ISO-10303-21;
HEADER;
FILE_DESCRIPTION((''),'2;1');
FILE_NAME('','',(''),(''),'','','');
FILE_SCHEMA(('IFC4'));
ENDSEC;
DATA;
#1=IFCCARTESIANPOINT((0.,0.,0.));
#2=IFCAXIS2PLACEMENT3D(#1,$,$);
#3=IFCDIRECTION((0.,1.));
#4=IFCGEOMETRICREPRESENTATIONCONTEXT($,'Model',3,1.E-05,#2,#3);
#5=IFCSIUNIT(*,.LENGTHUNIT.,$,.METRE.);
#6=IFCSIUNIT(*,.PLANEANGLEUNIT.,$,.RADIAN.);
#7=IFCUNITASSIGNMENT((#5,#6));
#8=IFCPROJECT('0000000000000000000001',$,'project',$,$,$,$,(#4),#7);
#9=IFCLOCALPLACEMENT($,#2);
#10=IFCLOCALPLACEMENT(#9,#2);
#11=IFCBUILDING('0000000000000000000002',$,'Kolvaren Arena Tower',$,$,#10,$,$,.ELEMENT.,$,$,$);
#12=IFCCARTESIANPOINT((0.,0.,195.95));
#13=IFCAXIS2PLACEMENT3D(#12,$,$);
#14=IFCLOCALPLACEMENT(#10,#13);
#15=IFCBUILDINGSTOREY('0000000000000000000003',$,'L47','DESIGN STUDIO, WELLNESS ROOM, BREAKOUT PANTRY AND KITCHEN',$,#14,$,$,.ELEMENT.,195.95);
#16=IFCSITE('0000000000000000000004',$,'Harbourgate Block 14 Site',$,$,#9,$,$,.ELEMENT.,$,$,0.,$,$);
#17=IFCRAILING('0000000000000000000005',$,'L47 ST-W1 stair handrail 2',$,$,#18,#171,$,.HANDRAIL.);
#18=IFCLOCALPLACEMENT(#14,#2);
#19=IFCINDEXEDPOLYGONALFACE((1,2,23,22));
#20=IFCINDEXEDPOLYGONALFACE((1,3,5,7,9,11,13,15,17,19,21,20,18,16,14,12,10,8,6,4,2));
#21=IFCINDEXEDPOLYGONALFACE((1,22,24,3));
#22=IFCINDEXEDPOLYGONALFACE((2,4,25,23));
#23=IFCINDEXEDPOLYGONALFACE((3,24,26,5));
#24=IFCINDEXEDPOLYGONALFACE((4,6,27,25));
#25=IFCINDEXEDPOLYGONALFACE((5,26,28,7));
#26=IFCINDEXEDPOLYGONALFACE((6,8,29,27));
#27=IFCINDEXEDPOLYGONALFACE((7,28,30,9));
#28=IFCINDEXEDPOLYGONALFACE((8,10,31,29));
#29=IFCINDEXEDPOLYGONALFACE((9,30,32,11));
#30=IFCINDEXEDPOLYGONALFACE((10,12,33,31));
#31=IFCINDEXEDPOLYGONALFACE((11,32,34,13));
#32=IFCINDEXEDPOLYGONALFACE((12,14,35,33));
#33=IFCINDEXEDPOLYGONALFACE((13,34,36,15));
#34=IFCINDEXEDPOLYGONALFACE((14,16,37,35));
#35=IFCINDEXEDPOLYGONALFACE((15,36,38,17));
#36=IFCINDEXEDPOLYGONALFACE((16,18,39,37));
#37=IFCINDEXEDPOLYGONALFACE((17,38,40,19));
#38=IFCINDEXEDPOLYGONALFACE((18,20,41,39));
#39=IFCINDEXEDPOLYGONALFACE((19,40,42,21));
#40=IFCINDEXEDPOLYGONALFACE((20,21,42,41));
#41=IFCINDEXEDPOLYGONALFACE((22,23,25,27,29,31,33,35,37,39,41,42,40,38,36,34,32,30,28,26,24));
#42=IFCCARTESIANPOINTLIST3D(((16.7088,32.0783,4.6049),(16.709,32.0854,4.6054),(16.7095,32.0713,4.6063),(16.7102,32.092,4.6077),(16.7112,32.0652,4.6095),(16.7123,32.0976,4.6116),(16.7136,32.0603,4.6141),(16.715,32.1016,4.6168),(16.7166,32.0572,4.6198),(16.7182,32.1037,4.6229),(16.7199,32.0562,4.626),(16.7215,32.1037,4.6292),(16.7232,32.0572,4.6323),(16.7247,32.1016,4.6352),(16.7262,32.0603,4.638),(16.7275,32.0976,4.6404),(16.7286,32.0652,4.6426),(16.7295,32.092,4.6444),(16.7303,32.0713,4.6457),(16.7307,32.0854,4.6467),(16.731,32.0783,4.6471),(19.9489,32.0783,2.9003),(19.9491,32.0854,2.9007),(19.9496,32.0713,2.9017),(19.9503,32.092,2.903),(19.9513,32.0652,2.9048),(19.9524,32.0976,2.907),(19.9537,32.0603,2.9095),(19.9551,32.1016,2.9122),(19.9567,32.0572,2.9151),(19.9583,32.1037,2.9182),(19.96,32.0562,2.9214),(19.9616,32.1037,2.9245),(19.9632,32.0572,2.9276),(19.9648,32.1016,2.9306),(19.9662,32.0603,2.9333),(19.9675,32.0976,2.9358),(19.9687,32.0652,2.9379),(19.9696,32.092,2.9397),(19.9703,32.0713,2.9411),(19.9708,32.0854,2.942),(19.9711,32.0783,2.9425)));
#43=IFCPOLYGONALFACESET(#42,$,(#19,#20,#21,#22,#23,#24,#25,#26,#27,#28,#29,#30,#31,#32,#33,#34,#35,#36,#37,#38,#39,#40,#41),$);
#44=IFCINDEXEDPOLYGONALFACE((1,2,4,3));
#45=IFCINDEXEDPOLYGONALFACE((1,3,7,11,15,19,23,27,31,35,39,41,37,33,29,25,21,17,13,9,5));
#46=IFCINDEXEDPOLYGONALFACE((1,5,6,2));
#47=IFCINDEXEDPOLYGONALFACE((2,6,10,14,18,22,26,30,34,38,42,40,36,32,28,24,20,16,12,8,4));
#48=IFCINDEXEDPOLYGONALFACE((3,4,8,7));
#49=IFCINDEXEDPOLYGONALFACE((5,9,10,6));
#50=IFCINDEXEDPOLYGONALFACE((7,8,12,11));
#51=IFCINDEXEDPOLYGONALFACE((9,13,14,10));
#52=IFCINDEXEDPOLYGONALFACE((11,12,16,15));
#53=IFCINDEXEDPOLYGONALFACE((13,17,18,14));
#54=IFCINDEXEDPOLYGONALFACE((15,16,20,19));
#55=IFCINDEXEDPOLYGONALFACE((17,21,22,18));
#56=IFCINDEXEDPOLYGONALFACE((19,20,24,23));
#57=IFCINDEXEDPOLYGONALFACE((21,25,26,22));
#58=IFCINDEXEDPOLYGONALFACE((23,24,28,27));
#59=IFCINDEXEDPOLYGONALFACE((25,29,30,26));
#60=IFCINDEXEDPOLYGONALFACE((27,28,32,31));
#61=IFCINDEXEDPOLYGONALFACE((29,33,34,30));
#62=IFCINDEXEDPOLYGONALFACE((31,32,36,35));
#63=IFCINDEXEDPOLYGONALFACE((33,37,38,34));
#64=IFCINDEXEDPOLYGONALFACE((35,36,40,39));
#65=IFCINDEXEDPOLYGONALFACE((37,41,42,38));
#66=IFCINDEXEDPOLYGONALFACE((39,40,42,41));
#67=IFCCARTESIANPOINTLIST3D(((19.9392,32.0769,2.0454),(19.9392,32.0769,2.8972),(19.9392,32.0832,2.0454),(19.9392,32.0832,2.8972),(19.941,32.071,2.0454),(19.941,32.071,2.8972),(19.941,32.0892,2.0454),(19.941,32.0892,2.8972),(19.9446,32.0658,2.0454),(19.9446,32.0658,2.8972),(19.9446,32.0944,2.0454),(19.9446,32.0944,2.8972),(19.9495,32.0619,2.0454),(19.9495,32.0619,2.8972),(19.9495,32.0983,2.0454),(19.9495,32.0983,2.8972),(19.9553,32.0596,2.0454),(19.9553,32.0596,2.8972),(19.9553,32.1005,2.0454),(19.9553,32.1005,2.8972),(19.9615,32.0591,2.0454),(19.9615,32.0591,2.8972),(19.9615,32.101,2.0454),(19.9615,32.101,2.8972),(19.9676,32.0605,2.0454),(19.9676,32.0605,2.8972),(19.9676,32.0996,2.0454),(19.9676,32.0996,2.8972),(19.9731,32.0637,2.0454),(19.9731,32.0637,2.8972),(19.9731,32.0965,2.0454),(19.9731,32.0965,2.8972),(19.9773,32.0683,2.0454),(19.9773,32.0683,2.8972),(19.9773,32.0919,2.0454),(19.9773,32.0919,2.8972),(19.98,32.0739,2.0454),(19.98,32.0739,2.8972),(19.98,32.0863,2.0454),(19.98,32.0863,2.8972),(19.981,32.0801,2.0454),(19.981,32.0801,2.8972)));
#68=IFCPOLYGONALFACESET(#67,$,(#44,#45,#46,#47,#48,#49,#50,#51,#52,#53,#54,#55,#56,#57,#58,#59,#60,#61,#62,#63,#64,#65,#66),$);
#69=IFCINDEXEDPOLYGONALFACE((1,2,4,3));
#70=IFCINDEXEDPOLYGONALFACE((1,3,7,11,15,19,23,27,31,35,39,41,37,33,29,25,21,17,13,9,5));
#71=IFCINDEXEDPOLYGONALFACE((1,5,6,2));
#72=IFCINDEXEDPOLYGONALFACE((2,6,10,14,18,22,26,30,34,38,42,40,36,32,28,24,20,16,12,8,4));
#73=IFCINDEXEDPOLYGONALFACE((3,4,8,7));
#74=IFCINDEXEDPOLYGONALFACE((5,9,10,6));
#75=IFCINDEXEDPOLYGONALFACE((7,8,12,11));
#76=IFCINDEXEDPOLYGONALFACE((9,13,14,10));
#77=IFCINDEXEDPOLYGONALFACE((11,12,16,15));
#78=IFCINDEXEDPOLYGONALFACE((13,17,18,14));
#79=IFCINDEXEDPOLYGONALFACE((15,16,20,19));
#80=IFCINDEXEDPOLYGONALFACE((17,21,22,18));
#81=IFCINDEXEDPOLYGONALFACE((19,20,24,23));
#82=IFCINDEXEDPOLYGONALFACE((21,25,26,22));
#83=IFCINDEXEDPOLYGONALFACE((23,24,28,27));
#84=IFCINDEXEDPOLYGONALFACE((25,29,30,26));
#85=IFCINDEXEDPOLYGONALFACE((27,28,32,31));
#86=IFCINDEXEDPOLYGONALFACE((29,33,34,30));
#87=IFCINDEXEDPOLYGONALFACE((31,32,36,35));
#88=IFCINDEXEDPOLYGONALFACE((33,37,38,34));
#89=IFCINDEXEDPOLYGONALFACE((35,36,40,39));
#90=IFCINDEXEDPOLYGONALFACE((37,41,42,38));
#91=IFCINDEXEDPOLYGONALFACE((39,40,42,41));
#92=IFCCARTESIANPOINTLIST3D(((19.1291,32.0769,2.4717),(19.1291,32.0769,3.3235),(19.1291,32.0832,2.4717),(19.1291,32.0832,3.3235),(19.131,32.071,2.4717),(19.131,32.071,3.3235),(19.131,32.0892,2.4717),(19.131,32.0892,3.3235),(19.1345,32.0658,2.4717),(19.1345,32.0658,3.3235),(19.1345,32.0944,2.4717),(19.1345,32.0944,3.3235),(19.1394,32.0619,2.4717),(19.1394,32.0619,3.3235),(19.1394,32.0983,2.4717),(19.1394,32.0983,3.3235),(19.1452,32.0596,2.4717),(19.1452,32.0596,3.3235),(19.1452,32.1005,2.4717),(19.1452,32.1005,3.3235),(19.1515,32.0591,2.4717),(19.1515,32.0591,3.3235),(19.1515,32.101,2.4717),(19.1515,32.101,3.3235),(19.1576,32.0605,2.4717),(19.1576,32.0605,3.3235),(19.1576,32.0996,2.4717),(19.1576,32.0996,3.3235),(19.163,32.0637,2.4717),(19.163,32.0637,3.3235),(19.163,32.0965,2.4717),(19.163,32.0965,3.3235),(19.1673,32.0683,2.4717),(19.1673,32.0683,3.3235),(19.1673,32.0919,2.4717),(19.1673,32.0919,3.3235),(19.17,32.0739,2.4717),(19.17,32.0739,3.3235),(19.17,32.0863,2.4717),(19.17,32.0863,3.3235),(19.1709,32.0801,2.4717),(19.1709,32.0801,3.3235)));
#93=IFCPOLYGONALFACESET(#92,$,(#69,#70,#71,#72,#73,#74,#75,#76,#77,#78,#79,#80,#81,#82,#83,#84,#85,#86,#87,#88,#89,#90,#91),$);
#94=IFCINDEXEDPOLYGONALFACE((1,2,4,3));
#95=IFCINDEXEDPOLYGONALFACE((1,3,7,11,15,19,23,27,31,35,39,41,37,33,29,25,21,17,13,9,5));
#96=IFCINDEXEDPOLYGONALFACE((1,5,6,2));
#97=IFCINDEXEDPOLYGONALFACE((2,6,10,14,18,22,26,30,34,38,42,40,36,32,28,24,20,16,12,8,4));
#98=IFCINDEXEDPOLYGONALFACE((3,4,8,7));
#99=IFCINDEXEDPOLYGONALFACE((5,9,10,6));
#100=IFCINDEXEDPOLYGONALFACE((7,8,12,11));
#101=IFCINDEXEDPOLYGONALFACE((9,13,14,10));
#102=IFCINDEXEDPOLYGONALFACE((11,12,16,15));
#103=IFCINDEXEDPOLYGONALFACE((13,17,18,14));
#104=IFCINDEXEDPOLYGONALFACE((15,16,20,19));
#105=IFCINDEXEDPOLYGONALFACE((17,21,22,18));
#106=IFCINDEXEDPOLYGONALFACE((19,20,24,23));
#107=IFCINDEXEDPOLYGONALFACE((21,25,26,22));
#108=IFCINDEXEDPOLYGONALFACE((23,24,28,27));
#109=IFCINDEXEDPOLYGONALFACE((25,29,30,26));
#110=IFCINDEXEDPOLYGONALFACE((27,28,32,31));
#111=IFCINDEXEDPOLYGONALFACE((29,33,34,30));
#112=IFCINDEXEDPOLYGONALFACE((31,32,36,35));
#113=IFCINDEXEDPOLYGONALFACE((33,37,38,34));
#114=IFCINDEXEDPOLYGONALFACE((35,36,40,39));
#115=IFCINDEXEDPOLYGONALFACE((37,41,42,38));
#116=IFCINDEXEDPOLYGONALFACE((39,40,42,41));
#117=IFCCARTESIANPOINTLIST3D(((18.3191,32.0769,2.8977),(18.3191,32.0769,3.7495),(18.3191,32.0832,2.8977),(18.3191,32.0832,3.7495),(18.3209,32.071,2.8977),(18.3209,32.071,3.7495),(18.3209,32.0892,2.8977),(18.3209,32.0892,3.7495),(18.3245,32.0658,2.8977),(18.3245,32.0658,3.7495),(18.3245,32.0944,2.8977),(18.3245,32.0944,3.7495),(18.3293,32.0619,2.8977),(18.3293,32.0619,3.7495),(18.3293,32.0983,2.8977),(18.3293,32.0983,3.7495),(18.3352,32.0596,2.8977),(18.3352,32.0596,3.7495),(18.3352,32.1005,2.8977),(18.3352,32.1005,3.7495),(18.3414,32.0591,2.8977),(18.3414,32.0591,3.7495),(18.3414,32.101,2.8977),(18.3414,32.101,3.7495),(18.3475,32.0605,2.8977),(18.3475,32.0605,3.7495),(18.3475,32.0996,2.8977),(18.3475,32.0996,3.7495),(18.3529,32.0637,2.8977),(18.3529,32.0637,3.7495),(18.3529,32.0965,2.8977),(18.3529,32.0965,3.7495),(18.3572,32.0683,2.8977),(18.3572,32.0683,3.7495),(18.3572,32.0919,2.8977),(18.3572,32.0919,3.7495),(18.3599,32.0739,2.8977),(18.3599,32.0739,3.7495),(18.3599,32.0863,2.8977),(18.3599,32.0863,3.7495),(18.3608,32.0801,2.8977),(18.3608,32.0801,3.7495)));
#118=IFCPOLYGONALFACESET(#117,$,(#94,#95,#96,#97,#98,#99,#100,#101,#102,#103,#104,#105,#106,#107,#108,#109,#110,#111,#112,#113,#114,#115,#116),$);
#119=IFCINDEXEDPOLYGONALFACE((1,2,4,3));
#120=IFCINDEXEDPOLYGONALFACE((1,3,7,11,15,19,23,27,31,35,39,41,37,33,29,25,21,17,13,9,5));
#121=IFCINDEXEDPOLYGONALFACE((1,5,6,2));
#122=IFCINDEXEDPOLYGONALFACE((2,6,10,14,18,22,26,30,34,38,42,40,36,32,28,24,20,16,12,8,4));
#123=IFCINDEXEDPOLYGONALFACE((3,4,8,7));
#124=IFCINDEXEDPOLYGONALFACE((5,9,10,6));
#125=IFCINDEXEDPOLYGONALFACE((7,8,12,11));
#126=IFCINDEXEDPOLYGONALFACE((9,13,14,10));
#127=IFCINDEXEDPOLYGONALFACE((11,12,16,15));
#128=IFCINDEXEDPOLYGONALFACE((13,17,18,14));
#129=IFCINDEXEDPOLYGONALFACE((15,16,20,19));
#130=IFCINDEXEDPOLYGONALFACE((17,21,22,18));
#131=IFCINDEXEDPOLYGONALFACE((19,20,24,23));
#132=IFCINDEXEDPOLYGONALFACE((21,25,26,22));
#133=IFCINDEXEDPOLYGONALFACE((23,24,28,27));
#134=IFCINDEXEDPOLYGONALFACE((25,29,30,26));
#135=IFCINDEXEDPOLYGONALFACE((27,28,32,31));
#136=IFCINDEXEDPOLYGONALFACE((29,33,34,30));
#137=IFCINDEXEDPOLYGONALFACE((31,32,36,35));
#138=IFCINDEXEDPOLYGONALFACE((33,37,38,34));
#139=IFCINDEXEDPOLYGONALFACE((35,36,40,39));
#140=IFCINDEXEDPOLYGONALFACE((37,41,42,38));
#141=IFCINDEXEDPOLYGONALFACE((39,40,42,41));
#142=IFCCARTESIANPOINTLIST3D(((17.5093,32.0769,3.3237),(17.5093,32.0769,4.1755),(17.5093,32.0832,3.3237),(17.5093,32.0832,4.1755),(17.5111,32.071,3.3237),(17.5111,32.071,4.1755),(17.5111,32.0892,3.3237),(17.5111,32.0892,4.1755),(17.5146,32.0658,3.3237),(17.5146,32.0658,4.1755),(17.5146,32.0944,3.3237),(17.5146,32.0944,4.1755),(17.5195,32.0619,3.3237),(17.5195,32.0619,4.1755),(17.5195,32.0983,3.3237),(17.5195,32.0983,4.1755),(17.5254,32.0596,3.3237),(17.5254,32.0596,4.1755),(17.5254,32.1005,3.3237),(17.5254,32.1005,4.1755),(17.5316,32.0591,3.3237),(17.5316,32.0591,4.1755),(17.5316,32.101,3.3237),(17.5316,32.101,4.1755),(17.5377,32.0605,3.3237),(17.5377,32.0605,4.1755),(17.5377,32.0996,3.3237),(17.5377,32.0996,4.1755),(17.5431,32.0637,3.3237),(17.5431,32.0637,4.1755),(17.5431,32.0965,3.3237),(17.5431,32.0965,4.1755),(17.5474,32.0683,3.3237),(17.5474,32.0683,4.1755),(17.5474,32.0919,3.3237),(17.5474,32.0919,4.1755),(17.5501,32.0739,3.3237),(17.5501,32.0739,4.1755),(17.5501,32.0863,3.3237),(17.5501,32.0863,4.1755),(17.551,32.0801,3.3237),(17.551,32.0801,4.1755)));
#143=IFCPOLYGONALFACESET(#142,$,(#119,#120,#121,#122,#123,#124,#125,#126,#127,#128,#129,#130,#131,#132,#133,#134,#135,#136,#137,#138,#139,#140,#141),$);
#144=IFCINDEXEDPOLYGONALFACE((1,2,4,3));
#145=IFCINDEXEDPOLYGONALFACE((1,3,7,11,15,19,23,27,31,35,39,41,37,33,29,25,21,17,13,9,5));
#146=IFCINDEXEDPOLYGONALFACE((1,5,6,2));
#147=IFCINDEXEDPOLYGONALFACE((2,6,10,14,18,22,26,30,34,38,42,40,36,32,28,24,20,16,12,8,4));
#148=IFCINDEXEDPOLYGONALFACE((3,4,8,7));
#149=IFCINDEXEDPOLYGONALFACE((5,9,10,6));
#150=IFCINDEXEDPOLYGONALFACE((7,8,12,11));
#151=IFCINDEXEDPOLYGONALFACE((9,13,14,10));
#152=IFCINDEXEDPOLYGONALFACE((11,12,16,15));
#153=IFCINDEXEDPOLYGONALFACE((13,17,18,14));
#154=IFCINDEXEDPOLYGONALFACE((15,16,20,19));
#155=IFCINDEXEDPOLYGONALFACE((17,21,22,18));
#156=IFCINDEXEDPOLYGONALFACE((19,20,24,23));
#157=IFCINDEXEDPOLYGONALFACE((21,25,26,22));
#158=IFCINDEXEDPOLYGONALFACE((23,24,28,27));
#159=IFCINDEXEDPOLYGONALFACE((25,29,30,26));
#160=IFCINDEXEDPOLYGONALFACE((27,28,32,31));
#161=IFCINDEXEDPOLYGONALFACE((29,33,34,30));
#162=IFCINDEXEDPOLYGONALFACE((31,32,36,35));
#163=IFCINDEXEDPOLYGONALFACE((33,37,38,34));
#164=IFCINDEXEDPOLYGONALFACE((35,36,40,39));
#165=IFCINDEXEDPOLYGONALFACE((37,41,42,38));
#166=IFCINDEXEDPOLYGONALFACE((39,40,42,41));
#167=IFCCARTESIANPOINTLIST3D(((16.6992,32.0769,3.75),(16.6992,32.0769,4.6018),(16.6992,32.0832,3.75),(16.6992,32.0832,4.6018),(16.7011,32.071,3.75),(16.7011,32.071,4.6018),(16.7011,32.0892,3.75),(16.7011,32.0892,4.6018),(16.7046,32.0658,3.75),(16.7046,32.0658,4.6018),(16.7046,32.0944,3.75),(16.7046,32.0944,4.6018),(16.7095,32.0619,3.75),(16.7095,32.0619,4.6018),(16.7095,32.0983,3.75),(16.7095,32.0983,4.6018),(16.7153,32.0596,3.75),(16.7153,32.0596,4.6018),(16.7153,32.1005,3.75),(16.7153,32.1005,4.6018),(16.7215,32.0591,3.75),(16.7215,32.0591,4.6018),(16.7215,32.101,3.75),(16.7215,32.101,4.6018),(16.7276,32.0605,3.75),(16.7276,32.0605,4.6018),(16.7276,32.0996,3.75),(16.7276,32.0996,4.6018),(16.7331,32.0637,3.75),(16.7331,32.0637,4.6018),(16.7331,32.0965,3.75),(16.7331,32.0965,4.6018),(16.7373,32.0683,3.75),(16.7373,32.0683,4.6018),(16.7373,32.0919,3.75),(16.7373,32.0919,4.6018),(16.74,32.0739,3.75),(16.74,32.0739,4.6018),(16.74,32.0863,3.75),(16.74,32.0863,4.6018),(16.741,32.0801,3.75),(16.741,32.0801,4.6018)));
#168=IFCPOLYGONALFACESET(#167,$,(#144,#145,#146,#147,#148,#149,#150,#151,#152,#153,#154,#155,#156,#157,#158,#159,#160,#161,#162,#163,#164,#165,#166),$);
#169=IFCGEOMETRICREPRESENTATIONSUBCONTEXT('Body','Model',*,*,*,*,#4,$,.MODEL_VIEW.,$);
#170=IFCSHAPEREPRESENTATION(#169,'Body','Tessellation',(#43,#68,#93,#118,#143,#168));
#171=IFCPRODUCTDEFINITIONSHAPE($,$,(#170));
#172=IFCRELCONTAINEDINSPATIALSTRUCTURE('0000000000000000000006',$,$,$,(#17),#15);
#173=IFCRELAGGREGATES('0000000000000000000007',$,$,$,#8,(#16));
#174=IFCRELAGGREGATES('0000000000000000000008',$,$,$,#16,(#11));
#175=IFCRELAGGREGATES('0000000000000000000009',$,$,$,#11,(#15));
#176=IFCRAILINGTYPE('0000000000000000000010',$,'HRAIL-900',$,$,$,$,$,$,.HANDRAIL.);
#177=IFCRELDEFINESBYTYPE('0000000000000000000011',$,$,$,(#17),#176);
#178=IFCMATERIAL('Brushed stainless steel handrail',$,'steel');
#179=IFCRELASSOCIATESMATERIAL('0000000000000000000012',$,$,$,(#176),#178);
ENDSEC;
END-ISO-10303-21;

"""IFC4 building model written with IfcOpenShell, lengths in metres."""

from ifc_helpers import new_model, si_unit, direction, frame, origin, origin_2d, place, context, subcontext, project, spatial, circle, extrude, material, type_object, element, save


model = new_model("IFC4")

# Units and contexts
model_context = context("Model", 3, precision=1e-05, world=origin(), true_north=direction((0.0, 1.0)))
body_context = subcontext(model_context, "Body", "Model", "MODEL_VIEW")
ifc_project = project(units=[si_unit("LENGTHUNIT", "METRE"), si_unit("PLANEANGLEUNIT", "RADIAN")], contexts=[model_context])

# Site, building, storey
site_placement = place(None, origin())
site = spatial("IfcSite", under=ifc_project, at=site_placement, Name="Harbourgate Block 14 Site", CompositionType="ELEMENT", RefElevation=0.0)
building_placement = place(site_placement, origin())
building = spatial("IfcBuilding", under=site, at=building_placement, Name="Kolvaren Arena Tower", CompositionType="ELEMENT")
storey_placement = place(building_placement, frame((0.0, 0.0, 195.95)))
storey = spatial("IfcBuildingStorey", under=building, at=storey_placement, Name="L47", Description="DESIGN STUDIO, WELLNESS ROOM, BREAKOUT PANTRY AND KITCHEN", CompositionType="ELEMENT", Elevation=195.95)

# Railing
ifc_material_1 = material(Name="Brushed stainless steel handrail", Category="steel")
railing_type_1 = type_object("IfcRailingType", Name="HRAIL-900", PredefinedType="HANDRAIL", material=ifc_material_1)
railing_1_placement = place(storey_placement, frame((19.96, 32.0801, 2.0454)))
element("IfcRailing", 1, at=railing_1_placement, inside=storey, type_object=railing_type_1, Name="L47 ST-W1 stair handrail 2", PredefinedType="HANDRAIL", context=body_context, shape_type="SweptSolid", body=[
    extrude(circle(Radius=0.0239, at=origin_2d()), frame((0.0, 0.0, 0.876), z_axis=(-0.884993, 0.0, 0.465604), x_axis=(0.0, -1.0, 0.0)), (0.0, 0.0, 1.0), 3.6611),
    extrude(circle(Radius=0.021, at=origin_2d()), origin(), (0.0, 0.0, 1.0), 0.8518),
    extrude(circle(Radius=0.021, at=origin_2d()), frame((-0.8101, 0.0, 0.4263)), (0.0, 0.0, 1.0), 0.8518),
    extrude(circle(Radius=0.021, at=origin_2d()), frame((-1.6201, 0.0, 0.8523)), (0.0, 0.0, 1.0), 0.8518),
    extrude(circle(Radius=0.021, at=origin_2d()), frame((-2.4299, 0.0, 1.2783)), (0.0, 0.0, 1.0), 0.8518),
    extrude(circle(Radius=0.021, at=origin_2d()), frame((-3.24, 0.0, 1.7046)), (0.0, 0.0, 1.0), 0.8518),
])

save(model, "model.ifc")
